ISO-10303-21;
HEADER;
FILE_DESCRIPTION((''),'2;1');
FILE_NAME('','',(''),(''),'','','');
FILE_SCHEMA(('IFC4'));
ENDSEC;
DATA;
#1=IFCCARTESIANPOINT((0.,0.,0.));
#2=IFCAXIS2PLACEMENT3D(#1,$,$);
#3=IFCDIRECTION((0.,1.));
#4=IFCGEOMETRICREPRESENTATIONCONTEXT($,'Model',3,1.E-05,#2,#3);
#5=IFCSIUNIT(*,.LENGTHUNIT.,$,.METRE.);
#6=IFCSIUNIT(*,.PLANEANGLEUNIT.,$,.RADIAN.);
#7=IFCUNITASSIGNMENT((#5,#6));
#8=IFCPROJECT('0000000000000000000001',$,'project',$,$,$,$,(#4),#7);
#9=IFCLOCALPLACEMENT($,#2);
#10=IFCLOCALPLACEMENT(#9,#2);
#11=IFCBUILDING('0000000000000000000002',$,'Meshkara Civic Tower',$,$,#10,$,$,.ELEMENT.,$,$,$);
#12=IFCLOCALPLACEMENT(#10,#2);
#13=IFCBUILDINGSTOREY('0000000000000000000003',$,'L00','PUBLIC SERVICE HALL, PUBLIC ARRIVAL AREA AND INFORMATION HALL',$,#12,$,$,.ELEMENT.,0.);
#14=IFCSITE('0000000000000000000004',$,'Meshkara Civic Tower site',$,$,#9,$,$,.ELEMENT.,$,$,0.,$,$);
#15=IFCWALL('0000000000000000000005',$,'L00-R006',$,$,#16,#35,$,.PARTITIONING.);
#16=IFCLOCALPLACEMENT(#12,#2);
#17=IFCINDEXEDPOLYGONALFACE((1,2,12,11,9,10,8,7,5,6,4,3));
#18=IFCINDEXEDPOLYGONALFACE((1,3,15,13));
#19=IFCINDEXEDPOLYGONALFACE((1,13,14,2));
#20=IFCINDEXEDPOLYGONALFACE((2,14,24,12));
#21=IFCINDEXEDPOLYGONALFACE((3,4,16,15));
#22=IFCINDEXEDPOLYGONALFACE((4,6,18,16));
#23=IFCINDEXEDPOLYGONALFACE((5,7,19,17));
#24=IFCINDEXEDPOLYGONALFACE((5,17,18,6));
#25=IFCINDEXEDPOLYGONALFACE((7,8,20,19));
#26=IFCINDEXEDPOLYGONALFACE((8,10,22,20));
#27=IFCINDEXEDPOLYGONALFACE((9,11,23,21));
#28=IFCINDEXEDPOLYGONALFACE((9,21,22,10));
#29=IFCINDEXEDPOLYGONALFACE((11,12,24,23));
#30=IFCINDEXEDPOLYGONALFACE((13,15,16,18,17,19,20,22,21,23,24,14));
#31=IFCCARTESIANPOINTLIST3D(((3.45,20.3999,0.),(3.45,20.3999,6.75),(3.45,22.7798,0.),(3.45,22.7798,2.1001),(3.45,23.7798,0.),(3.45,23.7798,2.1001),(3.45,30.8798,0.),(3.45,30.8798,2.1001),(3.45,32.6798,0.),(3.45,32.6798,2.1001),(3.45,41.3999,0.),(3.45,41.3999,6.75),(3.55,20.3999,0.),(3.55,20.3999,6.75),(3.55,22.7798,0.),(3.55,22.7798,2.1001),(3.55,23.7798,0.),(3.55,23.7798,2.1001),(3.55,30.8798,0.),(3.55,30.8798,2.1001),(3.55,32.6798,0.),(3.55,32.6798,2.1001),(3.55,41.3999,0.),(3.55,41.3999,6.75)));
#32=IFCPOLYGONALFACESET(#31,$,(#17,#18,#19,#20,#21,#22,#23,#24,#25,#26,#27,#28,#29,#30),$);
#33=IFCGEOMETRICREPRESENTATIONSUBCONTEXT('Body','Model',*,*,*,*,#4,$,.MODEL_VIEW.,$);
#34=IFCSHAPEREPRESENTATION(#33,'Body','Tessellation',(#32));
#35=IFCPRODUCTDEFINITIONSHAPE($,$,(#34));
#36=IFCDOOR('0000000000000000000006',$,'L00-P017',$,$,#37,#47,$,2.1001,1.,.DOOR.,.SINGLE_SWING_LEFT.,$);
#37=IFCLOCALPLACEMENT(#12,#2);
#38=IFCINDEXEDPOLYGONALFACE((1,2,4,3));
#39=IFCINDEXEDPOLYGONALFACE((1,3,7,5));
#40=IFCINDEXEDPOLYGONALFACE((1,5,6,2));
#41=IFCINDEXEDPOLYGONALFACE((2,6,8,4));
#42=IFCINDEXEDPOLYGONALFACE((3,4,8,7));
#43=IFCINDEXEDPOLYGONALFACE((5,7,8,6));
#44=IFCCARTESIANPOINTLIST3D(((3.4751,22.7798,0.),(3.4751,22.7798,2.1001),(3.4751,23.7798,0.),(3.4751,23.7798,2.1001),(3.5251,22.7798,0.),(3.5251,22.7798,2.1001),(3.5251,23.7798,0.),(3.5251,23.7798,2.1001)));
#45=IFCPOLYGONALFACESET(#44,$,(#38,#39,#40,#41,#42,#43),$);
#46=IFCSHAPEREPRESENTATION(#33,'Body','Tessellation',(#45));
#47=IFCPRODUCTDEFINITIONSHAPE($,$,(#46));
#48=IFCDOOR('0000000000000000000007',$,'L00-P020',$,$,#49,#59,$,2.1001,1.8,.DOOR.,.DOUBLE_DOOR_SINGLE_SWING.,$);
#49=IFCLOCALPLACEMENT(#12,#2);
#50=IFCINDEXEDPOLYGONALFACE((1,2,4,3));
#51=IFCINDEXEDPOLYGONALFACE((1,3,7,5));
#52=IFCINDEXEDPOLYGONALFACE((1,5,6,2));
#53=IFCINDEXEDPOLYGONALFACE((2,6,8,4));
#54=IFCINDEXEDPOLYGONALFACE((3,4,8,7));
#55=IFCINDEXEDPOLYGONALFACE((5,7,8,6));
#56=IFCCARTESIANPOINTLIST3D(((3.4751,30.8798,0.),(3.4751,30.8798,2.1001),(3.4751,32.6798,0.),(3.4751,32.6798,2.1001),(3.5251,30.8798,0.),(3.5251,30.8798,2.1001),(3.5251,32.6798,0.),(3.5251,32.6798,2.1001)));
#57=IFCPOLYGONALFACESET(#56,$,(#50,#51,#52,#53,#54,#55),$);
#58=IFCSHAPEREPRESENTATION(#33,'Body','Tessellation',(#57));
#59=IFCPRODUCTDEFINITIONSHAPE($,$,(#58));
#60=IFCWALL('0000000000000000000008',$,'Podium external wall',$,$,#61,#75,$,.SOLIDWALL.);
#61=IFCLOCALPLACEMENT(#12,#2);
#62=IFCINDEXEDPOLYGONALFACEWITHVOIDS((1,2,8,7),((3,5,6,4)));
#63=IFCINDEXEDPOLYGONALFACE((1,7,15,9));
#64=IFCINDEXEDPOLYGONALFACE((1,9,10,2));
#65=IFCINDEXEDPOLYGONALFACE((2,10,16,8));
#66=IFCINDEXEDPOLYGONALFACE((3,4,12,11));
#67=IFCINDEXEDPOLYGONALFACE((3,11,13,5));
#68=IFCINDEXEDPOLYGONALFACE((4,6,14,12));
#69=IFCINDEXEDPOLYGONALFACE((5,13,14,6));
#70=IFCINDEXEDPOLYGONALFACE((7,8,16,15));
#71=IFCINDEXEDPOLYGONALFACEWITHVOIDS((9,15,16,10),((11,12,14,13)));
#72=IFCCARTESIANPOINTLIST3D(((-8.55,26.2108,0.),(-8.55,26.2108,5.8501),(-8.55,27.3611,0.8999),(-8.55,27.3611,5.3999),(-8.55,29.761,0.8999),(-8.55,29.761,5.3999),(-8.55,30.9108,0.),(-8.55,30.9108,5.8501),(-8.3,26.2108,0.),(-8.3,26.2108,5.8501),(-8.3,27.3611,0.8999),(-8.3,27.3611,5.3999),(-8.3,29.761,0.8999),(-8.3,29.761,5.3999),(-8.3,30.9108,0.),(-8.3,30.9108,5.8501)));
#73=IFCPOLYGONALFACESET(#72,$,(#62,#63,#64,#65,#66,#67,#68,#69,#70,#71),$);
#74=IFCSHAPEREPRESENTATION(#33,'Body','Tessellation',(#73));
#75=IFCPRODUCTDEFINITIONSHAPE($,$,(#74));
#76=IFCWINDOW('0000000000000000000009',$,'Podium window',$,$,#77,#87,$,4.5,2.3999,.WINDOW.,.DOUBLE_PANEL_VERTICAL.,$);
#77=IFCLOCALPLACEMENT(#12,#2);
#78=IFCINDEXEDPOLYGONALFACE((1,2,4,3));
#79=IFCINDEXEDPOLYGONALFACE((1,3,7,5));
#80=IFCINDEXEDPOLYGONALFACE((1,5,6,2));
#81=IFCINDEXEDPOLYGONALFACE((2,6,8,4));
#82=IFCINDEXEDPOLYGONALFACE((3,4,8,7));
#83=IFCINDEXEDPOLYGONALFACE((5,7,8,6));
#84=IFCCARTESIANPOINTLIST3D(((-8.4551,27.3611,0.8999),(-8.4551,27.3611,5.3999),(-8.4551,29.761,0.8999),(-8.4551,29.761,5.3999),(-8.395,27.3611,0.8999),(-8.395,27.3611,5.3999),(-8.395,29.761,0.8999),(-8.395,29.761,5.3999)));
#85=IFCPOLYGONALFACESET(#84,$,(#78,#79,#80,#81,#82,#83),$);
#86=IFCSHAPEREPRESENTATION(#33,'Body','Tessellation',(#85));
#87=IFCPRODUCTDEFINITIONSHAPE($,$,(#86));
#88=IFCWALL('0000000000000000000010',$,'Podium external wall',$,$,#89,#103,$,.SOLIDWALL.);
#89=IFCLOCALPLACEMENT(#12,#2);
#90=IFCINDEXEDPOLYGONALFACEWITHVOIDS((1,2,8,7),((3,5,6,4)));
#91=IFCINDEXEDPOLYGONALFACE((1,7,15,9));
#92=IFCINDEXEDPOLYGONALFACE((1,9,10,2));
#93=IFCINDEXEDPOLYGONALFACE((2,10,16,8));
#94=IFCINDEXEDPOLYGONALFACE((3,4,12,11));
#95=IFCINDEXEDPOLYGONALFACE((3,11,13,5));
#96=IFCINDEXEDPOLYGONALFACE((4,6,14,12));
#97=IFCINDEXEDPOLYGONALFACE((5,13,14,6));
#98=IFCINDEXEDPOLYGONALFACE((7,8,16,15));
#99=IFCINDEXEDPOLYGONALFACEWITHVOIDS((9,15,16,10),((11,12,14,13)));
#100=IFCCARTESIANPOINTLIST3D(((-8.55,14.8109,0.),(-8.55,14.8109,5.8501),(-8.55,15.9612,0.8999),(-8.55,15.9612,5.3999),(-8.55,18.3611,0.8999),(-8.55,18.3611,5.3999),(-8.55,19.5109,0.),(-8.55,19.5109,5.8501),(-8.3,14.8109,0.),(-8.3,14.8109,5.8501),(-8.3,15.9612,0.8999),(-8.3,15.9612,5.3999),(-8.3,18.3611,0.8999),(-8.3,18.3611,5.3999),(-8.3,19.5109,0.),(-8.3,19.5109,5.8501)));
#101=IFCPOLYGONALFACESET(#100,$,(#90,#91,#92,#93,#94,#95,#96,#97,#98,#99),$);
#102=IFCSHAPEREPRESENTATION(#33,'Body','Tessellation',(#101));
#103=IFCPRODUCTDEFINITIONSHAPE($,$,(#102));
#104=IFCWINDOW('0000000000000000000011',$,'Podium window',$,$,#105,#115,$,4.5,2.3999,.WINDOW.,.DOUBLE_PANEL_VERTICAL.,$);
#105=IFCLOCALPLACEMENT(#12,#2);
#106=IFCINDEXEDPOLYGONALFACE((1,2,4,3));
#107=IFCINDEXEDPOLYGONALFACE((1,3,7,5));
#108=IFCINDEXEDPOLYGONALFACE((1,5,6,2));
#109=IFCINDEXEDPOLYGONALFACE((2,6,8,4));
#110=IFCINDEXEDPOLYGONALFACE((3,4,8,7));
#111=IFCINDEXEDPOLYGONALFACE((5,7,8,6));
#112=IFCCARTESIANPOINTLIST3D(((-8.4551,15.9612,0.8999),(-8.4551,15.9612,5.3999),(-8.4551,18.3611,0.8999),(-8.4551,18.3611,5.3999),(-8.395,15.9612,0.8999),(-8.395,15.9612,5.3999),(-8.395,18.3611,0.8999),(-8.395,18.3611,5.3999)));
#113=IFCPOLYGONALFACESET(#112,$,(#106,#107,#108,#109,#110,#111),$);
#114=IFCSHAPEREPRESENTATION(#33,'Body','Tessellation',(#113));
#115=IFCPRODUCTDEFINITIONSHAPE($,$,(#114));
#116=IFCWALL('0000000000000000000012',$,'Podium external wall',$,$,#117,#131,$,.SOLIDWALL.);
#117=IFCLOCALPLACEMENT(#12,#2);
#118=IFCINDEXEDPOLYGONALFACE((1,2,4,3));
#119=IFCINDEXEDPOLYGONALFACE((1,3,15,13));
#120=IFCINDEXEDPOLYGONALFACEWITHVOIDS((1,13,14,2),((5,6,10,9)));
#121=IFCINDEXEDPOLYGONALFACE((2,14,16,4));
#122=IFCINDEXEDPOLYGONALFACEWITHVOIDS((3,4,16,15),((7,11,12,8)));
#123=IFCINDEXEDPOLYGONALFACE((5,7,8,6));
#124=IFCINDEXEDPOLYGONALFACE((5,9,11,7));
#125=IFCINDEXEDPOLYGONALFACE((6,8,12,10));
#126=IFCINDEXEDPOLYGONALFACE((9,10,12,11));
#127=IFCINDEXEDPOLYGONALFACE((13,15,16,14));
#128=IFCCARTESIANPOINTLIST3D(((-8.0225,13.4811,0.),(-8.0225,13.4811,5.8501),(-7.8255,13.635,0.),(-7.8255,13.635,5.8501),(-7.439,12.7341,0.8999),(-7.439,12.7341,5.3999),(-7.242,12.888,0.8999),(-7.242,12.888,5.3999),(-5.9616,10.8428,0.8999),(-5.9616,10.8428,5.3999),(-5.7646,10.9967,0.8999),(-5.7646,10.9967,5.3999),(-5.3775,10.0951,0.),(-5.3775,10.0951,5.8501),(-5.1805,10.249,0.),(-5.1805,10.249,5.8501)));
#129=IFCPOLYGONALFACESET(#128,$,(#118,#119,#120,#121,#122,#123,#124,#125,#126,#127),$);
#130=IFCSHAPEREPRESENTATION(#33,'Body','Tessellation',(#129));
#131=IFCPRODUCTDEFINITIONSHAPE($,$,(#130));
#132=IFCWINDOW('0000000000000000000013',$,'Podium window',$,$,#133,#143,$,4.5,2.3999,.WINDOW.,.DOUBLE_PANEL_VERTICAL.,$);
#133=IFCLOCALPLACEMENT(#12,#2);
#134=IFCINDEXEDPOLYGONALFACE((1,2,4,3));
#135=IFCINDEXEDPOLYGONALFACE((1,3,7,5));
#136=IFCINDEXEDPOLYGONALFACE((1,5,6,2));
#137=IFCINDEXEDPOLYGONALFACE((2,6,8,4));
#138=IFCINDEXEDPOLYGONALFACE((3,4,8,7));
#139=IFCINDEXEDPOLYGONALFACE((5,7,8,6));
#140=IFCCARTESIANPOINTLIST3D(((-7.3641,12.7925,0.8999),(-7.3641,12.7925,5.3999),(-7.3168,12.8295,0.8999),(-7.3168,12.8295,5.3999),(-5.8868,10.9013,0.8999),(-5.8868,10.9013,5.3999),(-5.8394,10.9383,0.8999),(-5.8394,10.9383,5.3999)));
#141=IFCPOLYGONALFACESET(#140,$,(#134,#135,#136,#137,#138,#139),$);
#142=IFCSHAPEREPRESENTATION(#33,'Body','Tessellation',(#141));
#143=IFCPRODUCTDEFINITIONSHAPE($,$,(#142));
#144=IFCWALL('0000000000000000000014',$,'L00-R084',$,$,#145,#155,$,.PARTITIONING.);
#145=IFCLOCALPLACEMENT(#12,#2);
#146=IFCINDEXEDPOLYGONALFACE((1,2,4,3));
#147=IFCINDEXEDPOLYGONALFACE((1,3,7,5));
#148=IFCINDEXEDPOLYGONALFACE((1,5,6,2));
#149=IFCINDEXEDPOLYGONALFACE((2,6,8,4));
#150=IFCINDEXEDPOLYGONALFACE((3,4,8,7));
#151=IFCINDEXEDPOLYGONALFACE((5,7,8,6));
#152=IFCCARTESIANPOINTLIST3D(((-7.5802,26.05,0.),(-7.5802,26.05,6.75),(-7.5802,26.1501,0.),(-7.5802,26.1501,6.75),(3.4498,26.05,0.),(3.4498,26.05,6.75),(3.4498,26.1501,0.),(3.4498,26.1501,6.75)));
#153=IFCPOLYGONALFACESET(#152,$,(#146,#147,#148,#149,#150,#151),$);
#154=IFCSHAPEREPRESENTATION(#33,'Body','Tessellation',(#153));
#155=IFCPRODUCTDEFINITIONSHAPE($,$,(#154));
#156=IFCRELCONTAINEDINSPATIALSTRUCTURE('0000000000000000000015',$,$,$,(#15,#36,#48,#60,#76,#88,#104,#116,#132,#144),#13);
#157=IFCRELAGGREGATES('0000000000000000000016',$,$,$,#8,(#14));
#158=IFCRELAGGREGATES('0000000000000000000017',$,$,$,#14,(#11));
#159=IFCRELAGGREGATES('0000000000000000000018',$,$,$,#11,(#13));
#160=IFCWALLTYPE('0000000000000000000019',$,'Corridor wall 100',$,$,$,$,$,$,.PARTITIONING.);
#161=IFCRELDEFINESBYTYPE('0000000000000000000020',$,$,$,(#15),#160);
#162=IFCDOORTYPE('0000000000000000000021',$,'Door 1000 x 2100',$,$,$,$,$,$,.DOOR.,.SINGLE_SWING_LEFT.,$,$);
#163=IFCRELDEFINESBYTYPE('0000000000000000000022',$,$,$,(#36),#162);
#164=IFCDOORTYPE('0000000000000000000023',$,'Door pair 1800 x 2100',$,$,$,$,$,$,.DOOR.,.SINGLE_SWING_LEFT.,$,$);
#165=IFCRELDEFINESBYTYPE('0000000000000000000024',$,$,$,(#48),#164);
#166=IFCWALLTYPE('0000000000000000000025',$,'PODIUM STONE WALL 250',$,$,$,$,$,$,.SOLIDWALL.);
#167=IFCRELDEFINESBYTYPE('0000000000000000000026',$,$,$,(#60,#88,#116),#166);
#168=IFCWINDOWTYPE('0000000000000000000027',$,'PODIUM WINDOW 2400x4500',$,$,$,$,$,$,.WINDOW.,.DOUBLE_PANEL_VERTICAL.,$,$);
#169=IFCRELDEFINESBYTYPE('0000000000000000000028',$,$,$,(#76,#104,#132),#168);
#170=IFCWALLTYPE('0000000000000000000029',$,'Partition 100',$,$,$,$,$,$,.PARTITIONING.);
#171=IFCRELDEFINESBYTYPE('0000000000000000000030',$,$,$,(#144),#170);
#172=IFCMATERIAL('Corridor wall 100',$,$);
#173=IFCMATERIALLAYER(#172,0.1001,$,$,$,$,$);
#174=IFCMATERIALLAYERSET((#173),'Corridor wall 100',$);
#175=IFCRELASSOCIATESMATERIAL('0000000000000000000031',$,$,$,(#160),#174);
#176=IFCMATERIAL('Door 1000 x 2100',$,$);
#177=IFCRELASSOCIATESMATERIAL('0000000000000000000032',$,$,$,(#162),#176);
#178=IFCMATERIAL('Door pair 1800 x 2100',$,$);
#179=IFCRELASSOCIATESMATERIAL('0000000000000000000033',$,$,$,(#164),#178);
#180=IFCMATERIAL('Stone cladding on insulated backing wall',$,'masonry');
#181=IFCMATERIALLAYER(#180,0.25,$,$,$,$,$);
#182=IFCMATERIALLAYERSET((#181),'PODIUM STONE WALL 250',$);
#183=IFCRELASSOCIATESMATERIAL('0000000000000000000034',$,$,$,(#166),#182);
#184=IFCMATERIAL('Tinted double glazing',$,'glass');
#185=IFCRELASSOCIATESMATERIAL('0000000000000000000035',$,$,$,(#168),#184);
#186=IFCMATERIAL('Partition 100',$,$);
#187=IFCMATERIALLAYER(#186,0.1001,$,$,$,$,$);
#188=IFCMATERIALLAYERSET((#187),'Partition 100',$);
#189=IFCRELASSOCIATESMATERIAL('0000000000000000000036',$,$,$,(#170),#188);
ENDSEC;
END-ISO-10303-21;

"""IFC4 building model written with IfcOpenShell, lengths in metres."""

from ifc_helpers import new_model, si_unit, direction, frame, frame_2d, origin, place, context, subcontext, project, spatial, rectangle, extrude, material, layer, layer_set, type_object, element, fill, save


model = new_model("IFC4")

# Units and contexts
model_context = context("Model", 3, precision=1e-05, world=origin(), true_north=direction((0.0, 1.0)))
body_context = subcontext(model_context, "Body", "Model", "MODEL_VIEW")
ifc_project = project(units=[si_unit("LENGTHUNIT", "METRE"), si_unit("PLANEANGLEUNIT", "RADIAN")], contexts=[model_context])

# Site, building, storey
site_placement = place(None, origin())
site = spatial("IfcSite", under=ifc_project, at=site_placement, Name="Meshkara Civic Tower site", CompositionType="ELEMENT", RefElevation=0.0)
building_placement = place(site_placement, origin())
building = spatial("IfcBuilding", under=site, at=building_placement, Name="Meshkara Civic Tower", CompositionType="ELEMENT")
storey_placement = place(building_placement, origin())
storey = spatial("IfcBuildingStorey", under=building, at=storey_placement, Name="L00", Description="PUBLIC SERVICE HALL, PUBLIC ARRIVAL AREA AND INFORMATION HALL", CompositionType="ELEMENT", Elevation=0.0)

# Wall, openings, doors
ifc_material_1 = material(Name="Corridor wall 100")
ifc_layer_1 = layer(ifc_material_1, 0.1001)
ifc_layer_set_1 = layer_set([ifc_layer_1], Name="Corridor wall 100")
wall_type_1 = type_object("IfcWallType", Name="Corridor wall 100", PredefinedType="PARTITIONING", material=ifc_layer_set_1)
wall_1_placement = place(storey_placement, frame((3.5, 20.3999, 0.0), z_axis=(0.0, 0.0, 1.0), x_axis=(0.0, 1.0, 0.0)))
wall_1 = element("IfcWall", 1, at=wall_1_placement, inside=storey, type_object=wall_type_1, Name="L00-R006", PredefinedType="PARTITIONING", context=body_context, shape_type="SweptSolid", body=[
    extrude(rectangle(XDim=21.0, YDim=0.1001, at=frame_2d((10.5, 0.0))), origin(), (0.0, 0.0, 1.0), 6.75),
])
opening_1_placement = place(wall_1_placement, frame((2.3799, 0.0, 0.0)))
opening_1 = element("IfcOpeningElement", 2, at=opening_1_placement, cuts=wall_1, PredefinedType="OPENING", context=body_context, shape_type="SweptSolid", body=[
    extrude(rectangle(XDim=1.0, YDim=2.1001, at=frame_2d((0.5, 1.05))), frame((0.0, 0.0601, 0.0), z_axis=(0.0, -1.0, 0.0), x_axis=(1.0, 0.0, 0.0)), (0.0, 0.0, 1.0), 0.1201),
])
opening_2_placement = place(wall_1_placement, frame((10.48, 0.0, 0.0)))
opening_2 = element("IfcOpeningElement", 3, at=opening_2_placement, cuts=wall_1, PredefinedType="OPENING", context=body_context, shape_type="SweptSolid", body=[
    extrude(rectangle(XDim=1.8, YDim=2.1001, at=frame_2d((0.8999, 1.05))), frame((0.0, 0.0601, 0.0), z_axis=(0.0, -1.0, 0.0), x_axis=(1.0, 0.0, 0.0)), (0.0, 0.0, 1.0), 0.1201),
])
ifc_material_2 = material(Name="Door 1000 x 2100")
door_type_1 = type_object("IfcDoorType", Name="Door 1000 x 2100", OperationType="SINGLE_SWING_LEFT", PredefinedType="DOOR", material=ifc_material_2)
door_1_placement = place(opening_1_placement, origin())
door_1 = element("IfcDoor", 4, at=door_1_placement, inside=storey, type_object=door_type_1, Name="L00-P017", OperationType="SINGLE_SWING_LEFT", OverallHeight=2.1001, OverallWidth=1.0, PredefinedType="DOOR", context=body_context, shape_type="SweptSolid", body=[
    extrude(rectangle(XDim=1.0, YDim=2.1001, at=frame_2d((0.5, 1.05))), frame((0.0, 0.0249, 0.0), z_axis=(0.0, -1.0, 0.0), x_axis=(1.0, 0.0, 0.0)), (0.0, 0.0, 1.0), 0.05),
])
fill(opening_1, door_1)
ifc_material_3 = material(Name="Door pair 1800 x 2100")
door_type_2 = type_object("IfcDoorType", Name="Door pair 1800 x 2100", OperationType="SINGLE_SWING_LEFT", PredefinedType="DOOR", material=ifc_material_3)
door_2_placement = place(opening_2_placement, origin())
door_2 = element("IfcDoor", 5, at=door_2_placement, inside=storey, type_object=door_type_2, Name="L00-P020", OperationType="DOUBLE_DOOR_SINGLE_SWING", OverallHeight=2.1001, OverallWidth=1.8, PredefinedType="DOOR", context=body_context, shape_type="SweptSolid", body=[
    extrude(rectangle(XDim=1.8, YDim=2.1001, at=frame_2d((0.8999, 1.05))), frame((0.0, 0.0249, 0.0), z_axis=(0.0, -1.0, 0.0), x_axis=(1.0, 0.0, 0.0)), (0.0, 0.0, 1.0), 0.05),
])
fill(opening_2, door_2)

# Wall, opening, window
ifc_material_4 = material(Name="Stone cladding on insulated backing wall", Category="masonry")
ifc_layer_2 = layer(ifc_material_4, 0.25)
ifc_layer_set_2 = layer_set([ifc_layer_2], Name="PODIUM STONE WALL 250")
wall_type_2 = type_object("IfcWallType", Name="PODIUM STONE WALL 250", PredefinedType="SOLIDWALL", material=ifc_layer_set_2)
wall_2_placement = place(storey_placement, frame((-8.425, 30.9109, 0.0), z_axis=(0.0, 0.0, 1.0), x_axis=(0.0, -1.0, 0.0)))
wall_2 = element("IfcWall", 6, at=wall_2_placement, inside=storey, type_object=wall_type_2, Name="Podium external wall", PredefinedType="SOLIDWALL", context=body_context, shape_type="SweptSolid", body=[
    extrude(rectangle(XDim=4.7, YDim=0.25, at=frame_2d((2.3501, 0.0))), origin(), (0.0, 0.0, 1.0), 5.8501),
])
opening_3_placement = place(wall_2_placement, frame((1.1499, 0.0, 0.8999)))
opening_3 = element("IfcOpeningElement", 7, at=opening_3_placement, cuts=wall_2, PredefinedType="OPENING", context=body_context, shape_type="SweptSolid", body=[
    extrude(rectangle(XDim=2.3999, YDim=4.5, at=frame_2d((1.2, 2.25))), frame((0.0, 0.135, 0.0), z_axis=(0.0, -1.0, 0.0), x_axis=(1.0, 0.0, 0.0)), (0.0, 0.0, 1.0), 0.27),
])
ifc_material_5 = material(Name="Tinted double glazing", Category="glass")
window_type = type_object("IfcWindowType", Name="PODIUM WINDOW 2400x4500", PartitioningType="DOUBLE_PANEL_VERTICAL", PredefinedType="WINDOW", material=ifc_material_5)
window_1_placement = place(opening_3_placement, origin())
window_1 = element("IfcWindow", 8, at=window_1_placement, inside=storey, type_object=window_type, Name="Podium window", OverallHeight=4.5, OverallWidth=2.3999, PartitioningType="DOUBLE_PANEL_VERTICAL", PredefinedType="WINDOW", context=body_context, shape_type="SweptSolid", body=[
    extrude(rectangle(XDim=2.3999, YDim=4.5, at=frame_2d((1.2, 2.25))), frame((0.0, 0.03, 0.0), z_axis=(0.0, -1.0, 0.0), x_axis=(1.0, 0.0, 0.0)), (0.0, 0.0, 1.0), 0.0601),
])
fill(opening_3, window_1)

# Walls, openings, windows
wall_3_placement = place(storey_placement, frame((-8.425, 19.511, 0.0), z_axis=(0.0, 0.0, 1.0), x_axis=(0.0, -1.0, 0.0)))
wall_3 = element("IfcWall", 9, at=wall_3_placement, inside=storey, type_object=wall_type_2, Name="Podium external wall", PredefinedType="SOLIDWALL", context=body_context, shape_type="SweptSolid", body=[
    extrude(rectangle(XDim=4.7, YDim=0.25, at=frame_2d((2.3501, 0.0))), origin(), (0.0, 0.0, 1.0), 5.8501),
])
opening_4_placement = place(wall_3_placement, frame((1.1499, 0.0, 0.8999)))
opening_4 = element("IfcOpeningElement", 10, at=opening_4_placement, cuts=wall_3, PredefinedType="OPENING", context=body_context, shape_type="SweptSolid", body=[
    extrude(rectangle(XDim=2.3999, YDim=4.5, at=frame_2d((1.2, 2.25))), frame((0.0, 0.135, 0.0), z_axis=(0.0, -1.0, 0.0), x_axis=(1.0, 0.0, 0.0)), (0.0, 0.0, 1.0), 0.27),
])
window_2_placement = place(opening_4_placement, origin())
window_2 = element("IfcWindow", 11, at=window_2_placement, inside=storey, type_object=window_type, Name="Podium window", OverallHeight=4.5, OverallWidth=2.3999, PartitioningType="DOUBLE_PANEL_VERTICAL", PredefinedType="WINDOW", context=body_context, shape_type="SweptSolid", body=[
    extrude(rectangle(XDim=2.3999, YDim=4.5, at=frame_2d((1.2, 2.25))), frame((0.0, 0.03, 0.0), z_axis=(0.0, -1.0, 0.0), x_axis=(1.0, 0.0, 0.0)), (0.0, 0.0, 1.0), 0.0601),
])
fill(opening_4, window_2)
wall_4_placement = place(storey_placement, frame((-7.9241, 13.5581, 0.0), z_axis=(0.0, 0.0, 1.0), x_axis=(0.615603, -0.788056, 0.0)))
wall_4 = element("IfcWall", 12, at=wall_4_placement, inside=storey, type_object=wall_type_2, Name="Podium external wall", PredefinedType="SOLIDWALL", context=body_context, shape_type="SweptSolid", body=[
    extrude(rectangle(XDim=4.2966, YDim=0.25, at=frame_2d((2.1484, 0.0))), origin(), (0.0, 0.0, 1.0), 5.8501),
])
opening_5_placement = place(wall_4_placement, frame((0.948, 0.0, 0.8999)))
opening_5 = element("IfcOpeningElement", 13, at=opening_5_placement, cuts=wall_4, PredefinedType="OPENING", context=body_context, shape_type="SweptSolid", body=[
    extrude(rectangle(XDim=2.3999, YDim=4.5, at=frame_2d((1.2, 2.25))), frame((0.0, 0.135, 0.0), z_axis=(0.0, -1.0, 0.0), x_axis=(1.0, 0.0, 0.0)), (0.0, 0.0, 1.0), 0.27),
])
window_3_placement = place(opening_5_placement, origin())
window_3 = element("IfcWindow", 14, at=window_3_placement, inside=storey, type_object=window_type, Name="Podium window", OverallHeight=4.5, OverallWidth=2.3999, PartitioningType="DOUBLE_PANEL_VERTICAL", PredefinedType="WINDOW", context=body_context, shape_type="SweptSolid", body=[
    extrude(rectangle(XDim=2.3999, YDim=4.5, at=frame_2d((1.2, 2.25))), frame((0.0, 0.03, 0.0), z_axis=(0.0, -1.0, 0.0), x_axis=(1.0, 0.0, 0.0)), (0.0, 0.0, 1.0), 0.0601),
])
fill(opening_5, window_3)

# Wall
ifc_material_6 = material(Name="Partition 100")
ifc_layer_3 = layer(ifc_material_6, 0.1001)
ifc_layer_set_3 = layer_set([ifc_layer_3], Name="Partition 100")
wall_type_3 = type_object("IfcWallType", Name="Partition 100", PredefinedType="PARTITIONING", material=ifc_layer_set_3)
wall_5_placement = place(storey_placement, frame((3.45, 26.1001, 0.0), z_axis=(0.0, 0.0, 1.0), x_axis=(-1.0, 0.0, 0.0)))
element("IfcWall", 15, at=wall_5_placement, inside=storey, type_object=wall_type_3, Name="L00-R084", PredefinedType="PARTITIONING", context=body_context, shape_type="SweptSolid", body=[
    extrude(rectangle(XDim=11.03, YDim=0.1001, at=frame_2d((5.5151, 0.0))), origin(), (0.0, 0.0, 1.0), 6.75),
])

save(model, "model.ifc")
